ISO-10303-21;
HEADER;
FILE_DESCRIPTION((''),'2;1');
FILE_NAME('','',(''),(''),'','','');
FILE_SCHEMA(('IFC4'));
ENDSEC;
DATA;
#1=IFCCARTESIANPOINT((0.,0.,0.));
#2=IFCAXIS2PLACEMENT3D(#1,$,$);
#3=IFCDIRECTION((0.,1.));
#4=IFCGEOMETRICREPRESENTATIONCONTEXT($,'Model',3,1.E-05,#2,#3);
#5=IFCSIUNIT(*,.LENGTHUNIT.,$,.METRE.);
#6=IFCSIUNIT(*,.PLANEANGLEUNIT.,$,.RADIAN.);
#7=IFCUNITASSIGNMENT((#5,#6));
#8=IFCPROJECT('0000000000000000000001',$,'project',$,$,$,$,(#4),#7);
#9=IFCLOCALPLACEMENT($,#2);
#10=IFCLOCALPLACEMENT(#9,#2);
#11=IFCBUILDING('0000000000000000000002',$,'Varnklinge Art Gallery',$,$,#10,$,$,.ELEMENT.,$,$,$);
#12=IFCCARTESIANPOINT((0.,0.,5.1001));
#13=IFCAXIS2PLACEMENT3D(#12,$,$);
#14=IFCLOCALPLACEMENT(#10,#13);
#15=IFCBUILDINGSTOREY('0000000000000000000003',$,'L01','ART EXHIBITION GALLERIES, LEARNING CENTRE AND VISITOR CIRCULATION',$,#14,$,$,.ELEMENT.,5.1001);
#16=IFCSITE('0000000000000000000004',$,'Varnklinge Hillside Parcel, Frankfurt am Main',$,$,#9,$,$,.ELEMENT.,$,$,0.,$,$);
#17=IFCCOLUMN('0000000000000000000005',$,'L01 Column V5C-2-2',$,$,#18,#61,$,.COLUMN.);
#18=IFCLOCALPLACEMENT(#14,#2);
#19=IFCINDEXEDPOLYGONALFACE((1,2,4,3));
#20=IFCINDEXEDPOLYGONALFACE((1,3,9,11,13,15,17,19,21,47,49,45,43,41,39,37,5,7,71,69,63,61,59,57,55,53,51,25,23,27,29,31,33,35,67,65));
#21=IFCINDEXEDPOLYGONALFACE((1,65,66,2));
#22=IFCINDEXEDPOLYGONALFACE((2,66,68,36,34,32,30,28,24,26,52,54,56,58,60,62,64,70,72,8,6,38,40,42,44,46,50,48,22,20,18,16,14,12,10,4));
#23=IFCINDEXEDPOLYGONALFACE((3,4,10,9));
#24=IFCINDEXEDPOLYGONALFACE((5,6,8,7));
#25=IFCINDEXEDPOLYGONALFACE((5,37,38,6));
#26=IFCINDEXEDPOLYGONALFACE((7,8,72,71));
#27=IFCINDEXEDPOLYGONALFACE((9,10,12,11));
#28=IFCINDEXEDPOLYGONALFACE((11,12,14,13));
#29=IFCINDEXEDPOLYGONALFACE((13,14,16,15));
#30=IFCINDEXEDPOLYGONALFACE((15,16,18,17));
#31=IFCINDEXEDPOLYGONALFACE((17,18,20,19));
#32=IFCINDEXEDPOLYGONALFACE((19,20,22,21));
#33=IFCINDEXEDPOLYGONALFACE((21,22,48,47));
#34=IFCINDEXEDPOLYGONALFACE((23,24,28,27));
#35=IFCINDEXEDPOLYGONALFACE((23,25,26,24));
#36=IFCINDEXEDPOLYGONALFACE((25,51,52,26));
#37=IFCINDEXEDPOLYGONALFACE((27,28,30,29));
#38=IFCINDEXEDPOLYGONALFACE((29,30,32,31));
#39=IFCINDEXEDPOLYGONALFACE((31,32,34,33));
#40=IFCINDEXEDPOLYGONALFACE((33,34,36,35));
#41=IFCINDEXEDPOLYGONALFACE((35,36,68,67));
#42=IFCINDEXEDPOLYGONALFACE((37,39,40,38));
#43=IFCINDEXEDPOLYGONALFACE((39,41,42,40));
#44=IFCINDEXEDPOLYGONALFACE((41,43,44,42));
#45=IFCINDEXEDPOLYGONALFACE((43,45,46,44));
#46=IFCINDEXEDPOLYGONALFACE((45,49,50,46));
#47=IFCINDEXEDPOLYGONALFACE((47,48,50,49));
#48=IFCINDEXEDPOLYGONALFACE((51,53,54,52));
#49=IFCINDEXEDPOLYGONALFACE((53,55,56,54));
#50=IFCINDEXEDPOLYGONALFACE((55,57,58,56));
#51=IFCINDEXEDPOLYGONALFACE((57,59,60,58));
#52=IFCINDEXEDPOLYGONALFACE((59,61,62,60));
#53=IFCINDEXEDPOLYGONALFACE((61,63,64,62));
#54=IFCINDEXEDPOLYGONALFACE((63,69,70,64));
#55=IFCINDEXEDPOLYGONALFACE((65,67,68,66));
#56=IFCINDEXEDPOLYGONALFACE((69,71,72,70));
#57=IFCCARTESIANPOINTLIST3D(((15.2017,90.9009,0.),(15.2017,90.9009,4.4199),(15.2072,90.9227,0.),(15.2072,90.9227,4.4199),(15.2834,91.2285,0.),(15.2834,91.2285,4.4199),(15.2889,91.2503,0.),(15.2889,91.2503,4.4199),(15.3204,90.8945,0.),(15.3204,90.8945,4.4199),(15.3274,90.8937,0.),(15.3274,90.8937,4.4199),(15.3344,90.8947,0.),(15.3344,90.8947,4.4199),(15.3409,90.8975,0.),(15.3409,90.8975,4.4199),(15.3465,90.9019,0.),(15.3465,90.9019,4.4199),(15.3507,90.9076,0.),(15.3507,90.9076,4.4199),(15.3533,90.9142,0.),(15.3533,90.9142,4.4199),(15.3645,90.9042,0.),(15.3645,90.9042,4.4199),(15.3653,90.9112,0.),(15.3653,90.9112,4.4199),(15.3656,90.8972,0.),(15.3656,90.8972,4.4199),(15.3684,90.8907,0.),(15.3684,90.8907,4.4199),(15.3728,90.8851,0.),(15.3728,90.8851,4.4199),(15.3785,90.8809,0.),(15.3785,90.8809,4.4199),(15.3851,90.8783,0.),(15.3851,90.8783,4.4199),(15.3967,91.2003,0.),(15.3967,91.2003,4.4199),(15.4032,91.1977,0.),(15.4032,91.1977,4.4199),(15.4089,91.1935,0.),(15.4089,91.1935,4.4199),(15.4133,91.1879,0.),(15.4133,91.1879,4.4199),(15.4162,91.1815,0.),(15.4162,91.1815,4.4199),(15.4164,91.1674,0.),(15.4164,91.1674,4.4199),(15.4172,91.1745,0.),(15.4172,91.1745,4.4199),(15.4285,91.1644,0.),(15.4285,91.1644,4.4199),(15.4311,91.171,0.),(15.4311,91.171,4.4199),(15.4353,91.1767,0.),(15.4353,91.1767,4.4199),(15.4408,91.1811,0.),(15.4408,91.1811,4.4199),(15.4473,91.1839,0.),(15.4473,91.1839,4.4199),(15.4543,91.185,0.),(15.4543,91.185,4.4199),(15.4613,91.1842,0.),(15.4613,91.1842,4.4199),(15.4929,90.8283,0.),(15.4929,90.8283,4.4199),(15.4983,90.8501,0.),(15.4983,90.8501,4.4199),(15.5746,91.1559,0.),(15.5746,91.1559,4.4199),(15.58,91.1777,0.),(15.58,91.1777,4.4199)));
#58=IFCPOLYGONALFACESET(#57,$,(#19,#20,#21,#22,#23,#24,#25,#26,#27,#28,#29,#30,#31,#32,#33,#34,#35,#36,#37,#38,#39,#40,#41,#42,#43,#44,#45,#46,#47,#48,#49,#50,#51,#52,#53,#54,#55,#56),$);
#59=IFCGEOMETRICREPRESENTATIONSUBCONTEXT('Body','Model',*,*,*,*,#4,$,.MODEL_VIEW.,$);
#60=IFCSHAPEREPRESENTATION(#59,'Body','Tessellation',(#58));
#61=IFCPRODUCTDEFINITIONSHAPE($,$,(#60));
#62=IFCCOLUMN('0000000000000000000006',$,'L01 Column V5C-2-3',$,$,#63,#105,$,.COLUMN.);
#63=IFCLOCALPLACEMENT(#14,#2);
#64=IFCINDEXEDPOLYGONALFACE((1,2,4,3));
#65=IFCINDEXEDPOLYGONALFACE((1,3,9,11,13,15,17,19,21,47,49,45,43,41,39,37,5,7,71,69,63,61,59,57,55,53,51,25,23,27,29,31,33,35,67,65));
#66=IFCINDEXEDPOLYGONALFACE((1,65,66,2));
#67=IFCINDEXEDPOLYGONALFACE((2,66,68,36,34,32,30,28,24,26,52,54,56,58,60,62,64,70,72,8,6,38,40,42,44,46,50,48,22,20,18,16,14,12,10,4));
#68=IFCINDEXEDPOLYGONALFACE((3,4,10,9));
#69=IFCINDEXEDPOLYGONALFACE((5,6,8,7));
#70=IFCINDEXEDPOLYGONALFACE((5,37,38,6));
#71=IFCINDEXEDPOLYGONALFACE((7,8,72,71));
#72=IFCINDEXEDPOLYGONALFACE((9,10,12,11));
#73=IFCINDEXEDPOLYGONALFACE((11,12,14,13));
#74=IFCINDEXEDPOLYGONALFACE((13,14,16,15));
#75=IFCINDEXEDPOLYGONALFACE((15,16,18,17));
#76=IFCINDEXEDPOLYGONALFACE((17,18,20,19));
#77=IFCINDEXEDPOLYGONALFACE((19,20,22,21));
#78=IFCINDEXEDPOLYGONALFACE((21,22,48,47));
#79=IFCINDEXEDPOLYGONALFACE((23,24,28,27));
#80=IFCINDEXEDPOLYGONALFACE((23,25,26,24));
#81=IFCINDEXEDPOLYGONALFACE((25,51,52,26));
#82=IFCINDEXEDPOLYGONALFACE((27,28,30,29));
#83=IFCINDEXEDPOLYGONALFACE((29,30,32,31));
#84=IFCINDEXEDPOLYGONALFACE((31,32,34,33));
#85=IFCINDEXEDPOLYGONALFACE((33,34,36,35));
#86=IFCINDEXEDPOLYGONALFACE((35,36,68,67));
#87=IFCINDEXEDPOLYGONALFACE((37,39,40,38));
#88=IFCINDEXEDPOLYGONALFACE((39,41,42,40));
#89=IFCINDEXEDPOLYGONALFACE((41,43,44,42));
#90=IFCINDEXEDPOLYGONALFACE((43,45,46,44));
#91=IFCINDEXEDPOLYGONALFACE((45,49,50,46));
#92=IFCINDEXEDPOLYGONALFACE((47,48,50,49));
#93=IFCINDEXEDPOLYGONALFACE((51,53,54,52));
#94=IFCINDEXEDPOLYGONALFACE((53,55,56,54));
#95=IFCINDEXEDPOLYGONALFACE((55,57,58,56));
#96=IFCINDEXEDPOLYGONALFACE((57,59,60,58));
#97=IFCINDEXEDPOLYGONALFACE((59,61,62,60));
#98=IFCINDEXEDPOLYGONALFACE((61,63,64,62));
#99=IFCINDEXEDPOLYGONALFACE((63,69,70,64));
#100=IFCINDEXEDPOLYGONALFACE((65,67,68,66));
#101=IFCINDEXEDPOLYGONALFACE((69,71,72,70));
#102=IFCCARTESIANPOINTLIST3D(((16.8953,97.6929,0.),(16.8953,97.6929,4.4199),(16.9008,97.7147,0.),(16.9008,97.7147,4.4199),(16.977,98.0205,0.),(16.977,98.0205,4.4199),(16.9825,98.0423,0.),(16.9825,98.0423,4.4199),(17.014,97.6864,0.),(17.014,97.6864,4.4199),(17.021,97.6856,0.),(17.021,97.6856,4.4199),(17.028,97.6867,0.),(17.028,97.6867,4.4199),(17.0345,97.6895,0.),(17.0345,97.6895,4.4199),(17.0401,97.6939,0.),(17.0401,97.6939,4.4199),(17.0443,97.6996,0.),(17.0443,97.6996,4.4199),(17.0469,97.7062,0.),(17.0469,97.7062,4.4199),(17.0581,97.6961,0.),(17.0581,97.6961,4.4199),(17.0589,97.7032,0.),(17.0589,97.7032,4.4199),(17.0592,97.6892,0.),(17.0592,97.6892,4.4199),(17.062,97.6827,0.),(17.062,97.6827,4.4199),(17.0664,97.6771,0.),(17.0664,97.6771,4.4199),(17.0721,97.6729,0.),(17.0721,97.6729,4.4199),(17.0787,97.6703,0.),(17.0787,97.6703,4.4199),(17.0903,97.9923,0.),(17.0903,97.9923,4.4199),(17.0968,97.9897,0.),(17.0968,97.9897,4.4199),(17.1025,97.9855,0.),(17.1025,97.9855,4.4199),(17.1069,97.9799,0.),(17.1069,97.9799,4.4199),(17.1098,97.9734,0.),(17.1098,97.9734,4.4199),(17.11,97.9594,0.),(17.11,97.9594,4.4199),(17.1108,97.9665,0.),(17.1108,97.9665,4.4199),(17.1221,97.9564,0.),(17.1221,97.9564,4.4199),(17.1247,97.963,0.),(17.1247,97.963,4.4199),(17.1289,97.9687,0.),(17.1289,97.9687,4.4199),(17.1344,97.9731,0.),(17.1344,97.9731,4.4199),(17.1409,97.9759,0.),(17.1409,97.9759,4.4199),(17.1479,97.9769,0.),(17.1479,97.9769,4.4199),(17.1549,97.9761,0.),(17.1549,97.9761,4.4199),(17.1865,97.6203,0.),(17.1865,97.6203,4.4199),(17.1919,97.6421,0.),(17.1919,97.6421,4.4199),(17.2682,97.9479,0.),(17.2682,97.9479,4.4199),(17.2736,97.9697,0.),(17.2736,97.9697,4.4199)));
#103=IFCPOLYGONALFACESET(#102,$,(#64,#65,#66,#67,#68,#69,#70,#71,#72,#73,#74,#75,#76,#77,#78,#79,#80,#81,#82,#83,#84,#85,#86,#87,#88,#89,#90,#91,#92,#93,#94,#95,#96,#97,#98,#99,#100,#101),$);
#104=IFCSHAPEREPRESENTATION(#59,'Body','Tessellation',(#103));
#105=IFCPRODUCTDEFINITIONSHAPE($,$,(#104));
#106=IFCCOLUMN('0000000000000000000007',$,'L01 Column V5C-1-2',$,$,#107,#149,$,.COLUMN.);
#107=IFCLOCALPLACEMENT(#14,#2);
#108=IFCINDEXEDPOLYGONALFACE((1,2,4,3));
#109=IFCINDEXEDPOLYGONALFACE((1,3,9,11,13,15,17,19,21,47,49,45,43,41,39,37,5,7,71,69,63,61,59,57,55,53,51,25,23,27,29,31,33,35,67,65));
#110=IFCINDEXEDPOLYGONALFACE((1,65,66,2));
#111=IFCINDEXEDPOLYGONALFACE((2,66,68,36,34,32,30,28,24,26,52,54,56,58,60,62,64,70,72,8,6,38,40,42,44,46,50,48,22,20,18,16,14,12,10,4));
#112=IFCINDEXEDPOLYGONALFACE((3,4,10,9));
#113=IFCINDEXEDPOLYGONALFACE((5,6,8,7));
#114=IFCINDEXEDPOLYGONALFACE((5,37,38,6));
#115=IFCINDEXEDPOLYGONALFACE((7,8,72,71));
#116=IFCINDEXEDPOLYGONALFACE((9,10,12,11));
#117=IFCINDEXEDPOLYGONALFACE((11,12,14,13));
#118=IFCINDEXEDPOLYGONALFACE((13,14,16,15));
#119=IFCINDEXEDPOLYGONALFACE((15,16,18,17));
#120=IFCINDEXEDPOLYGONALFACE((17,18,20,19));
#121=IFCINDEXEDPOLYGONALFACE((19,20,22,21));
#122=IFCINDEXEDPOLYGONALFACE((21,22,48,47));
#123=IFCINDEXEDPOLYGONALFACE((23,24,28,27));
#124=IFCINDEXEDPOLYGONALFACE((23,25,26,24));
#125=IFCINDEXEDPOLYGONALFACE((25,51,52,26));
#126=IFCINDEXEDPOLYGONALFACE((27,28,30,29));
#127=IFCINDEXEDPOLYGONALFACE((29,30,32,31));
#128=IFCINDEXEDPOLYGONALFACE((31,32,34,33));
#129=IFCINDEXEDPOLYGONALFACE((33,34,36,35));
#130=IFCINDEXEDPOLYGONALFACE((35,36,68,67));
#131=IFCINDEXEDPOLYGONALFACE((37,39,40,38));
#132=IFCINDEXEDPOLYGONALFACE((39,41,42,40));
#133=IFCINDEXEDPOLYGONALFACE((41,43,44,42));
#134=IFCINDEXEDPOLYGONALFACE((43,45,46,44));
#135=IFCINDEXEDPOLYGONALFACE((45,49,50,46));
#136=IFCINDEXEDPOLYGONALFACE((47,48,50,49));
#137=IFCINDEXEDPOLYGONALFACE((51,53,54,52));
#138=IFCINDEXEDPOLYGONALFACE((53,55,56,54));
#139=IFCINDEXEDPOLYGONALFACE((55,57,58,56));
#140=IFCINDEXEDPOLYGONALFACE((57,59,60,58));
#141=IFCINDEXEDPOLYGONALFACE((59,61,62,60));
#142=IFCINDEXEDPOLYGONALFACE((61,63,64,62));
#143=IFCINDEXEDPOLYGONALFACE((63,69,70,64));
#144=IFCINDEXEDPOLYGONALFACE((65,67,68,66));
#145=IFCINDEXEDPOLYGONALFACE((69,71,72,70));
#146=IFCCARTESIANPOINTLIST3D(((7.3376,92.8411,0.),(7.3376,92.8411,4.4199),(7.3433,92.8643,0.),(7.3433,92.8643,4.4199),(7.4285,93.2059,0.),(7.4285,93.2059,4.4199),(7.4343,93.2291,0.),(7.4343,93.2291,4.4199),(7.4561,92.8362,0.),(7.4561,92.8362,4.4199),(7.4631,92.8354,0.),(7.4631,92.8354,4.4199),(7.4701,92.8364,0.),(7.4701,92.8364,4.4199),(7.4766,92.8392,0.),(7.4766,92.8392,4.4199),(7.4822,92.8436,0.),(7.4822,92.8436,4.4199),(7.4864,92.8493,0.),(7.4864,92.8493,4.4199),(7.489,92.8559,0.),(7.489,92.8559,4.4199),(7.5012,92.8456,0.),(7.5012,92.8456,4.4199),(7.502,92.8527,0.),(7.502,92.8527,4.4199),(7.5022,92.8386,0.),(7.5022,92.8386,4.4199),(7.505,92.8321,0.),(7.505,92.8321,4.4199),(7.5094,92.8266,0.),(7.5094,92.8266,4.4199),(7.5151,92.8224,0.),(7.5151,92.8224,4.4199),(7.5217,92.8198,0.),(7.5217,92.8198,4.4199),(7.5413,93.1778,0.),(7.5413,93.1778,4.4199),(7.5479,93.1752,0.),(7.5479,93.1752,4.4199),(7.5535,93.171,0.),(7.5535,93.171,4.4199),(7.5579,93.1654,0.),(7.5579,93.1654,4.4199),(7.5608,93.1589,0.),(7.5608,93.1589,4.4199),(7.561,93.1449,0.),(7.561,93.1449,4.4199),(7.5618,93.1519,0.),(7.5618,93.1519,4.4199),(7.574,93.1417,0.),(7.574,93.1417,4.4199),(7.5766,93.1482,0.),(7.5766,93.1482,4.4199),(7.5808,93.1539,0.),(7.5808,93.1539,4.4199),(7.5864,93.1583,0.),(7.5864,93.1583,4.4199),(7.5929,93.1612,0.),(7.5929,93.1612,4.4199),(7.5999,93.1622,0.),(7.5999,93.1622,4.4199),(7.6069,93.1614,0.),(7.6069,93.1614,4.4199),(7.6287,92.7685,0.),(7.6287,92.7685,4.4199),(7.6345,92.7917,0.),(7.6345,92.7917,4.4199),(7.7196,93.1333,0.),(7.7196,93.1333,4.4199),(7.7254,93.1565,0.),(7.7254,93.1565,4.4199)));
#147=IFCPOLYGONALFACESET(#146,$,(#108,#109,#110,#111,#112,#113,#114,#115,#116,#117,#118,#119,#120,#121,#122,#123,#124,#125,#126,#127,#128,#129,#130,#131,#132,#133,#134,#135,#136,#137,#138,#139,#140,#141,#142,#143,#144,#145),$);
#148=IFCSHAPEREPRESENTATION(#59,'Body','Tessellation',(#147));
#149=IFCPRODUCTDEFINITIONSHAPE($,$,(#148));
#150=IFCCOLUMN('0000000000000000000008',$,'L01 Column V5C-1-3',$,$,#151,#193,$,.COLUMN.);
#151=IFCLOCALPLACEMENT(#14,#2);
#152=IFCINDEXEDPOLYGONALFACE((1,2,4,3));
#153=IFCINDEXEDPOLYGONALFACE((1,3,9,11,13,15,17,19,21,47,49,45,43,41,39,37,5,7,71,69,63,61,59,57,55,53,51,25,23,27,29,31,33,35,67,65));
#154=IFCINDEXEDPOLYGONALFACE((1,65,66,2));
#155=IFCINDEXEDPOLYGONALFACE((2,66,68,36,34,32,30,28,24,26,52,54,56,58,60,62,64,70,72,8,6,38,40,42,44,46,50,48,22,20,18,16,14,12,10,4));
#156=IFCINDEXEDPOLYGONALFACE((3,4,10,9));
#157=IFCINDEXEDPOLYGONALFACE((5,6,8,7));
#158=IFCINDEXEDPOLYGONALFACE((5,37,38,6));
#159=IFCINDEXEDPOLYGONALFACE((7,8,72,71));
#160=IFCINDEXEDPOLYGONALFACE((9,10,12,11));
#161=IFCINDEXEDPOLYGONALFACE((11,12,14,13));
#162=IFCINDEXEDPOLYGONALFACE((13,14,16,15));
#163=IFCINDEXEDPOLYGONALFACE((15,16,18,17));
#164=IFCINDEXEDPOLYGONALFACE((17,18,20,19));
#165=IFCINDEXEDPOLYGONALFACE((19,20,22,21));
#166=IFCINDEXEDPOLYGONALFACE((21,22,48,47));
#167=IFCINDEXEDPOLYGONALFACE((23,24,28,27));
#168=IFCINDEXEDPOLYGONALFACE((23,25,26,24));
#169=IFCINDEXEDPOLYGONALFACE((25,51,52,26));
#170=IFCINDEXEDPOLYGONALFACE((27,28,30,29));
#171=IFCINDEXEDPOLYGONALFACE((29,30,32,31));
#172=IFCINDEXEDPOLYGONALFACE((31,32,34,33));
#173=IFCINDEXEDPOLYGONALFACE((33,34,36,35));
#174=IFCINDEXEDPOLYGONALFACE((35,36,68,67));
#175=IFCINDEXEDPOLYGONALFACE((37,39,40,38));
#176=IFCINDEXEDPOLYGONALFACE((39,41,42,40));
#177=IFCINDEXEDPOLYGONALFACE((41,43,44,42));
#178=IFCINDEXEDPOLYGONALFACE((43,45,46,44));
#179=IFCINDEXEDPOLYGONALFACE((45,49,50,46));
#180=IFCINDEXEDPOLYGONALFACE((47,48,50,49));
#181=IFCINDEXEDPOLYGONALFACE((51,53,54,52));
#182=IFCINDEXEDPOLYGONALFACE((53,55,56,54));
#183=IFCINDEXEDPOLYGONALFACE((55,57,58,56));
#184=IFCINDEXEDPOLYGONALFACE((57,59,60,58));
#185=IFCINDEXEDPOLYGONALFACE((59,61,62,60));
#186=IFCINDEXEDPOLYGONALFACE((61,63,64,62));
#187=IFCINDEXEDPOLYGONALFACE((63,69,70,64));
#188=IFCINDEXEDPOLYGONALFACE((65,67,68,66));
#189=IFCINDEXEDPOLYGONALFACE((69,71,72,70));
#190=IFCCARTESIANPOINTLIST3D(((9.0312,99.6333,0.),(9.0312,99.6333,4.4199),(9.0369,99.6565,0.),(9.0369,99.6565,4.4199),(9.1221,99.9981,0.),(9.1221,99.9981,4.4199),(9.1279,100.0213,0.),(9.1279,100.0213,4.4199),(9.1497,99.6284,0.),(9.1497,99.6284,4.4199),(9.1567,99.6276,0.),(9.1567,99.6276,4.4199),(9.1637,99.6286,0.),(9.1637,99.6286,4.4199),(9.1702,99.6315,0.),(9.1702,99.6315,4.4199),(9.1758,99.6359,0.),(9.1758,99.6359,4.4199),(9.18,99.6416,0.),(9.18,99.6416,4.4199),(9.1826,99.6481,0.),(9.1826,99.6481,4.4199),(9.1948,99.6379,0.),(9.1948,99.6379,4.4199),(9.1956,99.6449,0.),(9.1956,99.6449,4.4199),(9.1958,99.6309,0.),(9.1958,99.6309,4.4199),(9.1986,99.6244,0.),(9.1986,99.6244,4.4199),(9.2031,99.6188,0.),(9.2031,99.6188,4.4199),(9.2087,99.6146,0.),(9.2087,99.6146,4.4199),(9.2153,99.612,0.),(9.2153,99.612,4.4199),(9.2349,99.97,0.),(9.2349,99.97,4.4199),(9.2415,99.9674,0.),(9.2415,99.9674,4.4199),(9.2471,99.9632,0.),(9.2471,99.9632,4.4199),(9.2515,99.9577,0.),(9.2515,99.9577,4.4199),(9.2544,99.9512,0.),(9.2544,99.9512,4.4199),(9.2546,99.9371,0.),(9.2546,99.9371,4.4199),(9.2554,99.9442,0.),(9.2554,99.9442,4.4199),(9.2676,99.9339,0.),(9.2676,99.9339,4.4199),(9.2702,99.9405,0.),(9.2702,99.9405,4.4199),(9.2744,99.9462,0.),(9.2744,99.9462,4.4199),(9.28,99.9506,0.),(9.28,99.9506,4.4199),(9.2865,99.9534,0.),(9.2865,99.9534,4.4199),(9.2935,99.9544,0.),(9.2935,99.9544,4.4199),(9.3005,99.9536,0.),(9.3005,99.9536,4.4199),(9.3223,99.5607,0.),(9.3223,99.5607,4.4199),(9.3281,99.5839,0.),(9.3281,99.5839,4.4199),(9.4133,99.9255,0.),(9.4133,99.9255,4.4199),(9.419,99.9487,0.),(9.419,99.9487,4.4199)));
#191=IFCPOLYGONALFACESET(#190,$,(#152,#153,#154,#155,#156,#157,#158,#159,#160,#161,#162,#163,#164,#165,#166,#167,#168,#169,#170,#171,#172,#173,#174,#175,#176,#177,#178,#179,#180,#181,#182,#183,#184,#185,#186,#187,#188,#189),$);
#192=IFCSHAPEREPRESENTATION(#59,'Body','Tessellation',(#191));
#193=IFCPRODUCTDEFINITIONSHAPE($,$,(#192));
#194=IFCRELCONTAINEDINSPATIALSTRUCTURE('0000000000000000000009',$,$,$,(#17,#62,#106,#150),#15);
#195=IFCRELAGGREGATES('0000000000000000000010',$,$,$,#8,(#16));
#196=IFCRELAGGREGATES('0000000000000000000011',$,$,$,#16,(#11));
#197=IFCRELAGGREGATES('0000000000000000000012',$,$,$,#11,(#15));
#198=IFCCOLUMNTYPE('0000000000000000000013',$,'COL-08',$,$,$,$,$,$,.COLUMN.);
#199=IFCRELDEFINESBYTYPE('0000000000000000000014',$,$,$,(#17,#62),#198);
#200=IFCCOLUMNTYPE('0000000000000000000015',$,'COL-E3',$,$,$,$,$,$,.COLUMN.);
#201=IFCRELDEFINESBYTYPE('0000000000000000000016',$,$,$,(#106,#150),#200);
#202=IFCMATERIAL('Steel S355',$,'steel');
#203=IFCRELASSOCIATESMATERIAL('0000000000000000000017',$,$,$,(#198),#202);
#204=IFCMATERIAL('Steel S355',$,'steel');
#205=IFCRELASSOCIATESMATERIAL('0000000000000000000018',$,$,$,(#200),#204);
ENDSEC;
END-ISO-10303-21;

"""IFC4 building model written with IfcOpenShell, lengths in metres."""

from ifc_helpers import new_model, si_unit, direction, frame, origin, origin_2d, place, context, subcontext, project, spatial, i_section, extrude, material, material_profile, profile_set, type_object, element, save


model = new_model("IFC4")

# Units and contexts
model_context = context("Model", 3, precision=1e-05, world=origin(), true_north=direction((0.0, 1.0)))
body_context = subcontext(model_context, "Body", "Model", "MODEL_VIEW")
ifc_project = project(units=[si_unit("LENGTHUNIT", "METRE"), si_unit("PLANEANGLEUNIT", "RADIAN")], contexts=[model_context])

# Site, building, storey
site_placement = place(None, origin())
site = spatial("IfcSite", under=ifc_project, at=site_placement, Name="Varnklinge Hillside Parcel, Frankfurt am Main", CompositionType="ELEMENT", RefElevation=0.0)
building_placement = place(site_placement, origin())
building = spatial("IfcBuilding", under=site, at=building_placement, Name="Varnklinge Art Gallery", CompositionType="ELEMENT")
storey_placement = place(building_placement, frame((0.0, 0.0, 5.1001)))
storey = spatial("IfcBuildingStorey", under=building, at=storey_placement, Name="L01", Description="ART EXHIBITION GALLERIES, LEARNING CENTRE AND VISITOR CIRCULATION", CompositionType="ELEMENT", Elevation=5.1001)

# Columns
ifc_material_1 = material(Name="Steel S355", Category="steel")
ifc_material_profile_1 = material_profile(ifc_material_1, i_section(OverallWidth=0.3, OverallDepth=0.3601, WebThickness=0.0125, FlangeThickness=0.0225, FilletRadius=0.0271, at=origin_2d()), Name="HEB 360")
ifc_profile_set_1 = profile_set([ifc_material_profile_1], Name="Steel S355")
column_type_1 = type_object("IfcColumnType", Name="COL-08", PredefinedType="COLUMN", material=ifc_profile_set_1)
for number, where, z_axis, x_axis, name in (
    (1, (15.3909, 91.0393, 0.0), (0.0, 0.0, 1.0), (0.970296, -0.241922, 0.0), "L01 Column V5C-2-2"),
    (2, (17.0845, 97.8313, 0.0), (0.0, 0.0, 1.0), (0.970296, -0.241922, 0.0), "L01 Column V5C-2-3"),
):
    element("IfcColumn", number, at=place(storey_placement, frame(where, z_axis=z_axis, x_axis=x_axis)), inside=storey, type_object=column_type_1, Name=name, PredefinedType="COLUMN", context=body_context, shape_type="SweptSolid", body=[
        extrude(i_section(OverallWidth=0.3, OverallDepth=0.3601, WebThickness=0.0125, FlangeThickness=0.0225, FilletRadius=0.0271, at=origin_2d()), origin(), (0.0, 0.0, 1.0), 4.4199),
    ])
ifc_material_2 = material(Name="Steel S355", Category="steel")
ifc_material_profile_2 = material_profile(ifc_material_2, i_section(OverallWidth=0.3, OverallDepth=0.3999, WebThickness=0.0134, FlangeThickness=0.0239, FilletRadius=0.0271, at=origin_2d()), Name="HEB 400")
ifc_profile_set_2 = profile_set([ifc_material_profile_2], Name="Steel S355")
column_type_2 = type_object("IfcColumnType", Name="COL-E3", PredefinedType="COLUMN", material=ifc_profile_set_2)
for number, where, z_axis, x_axis, name in (
    (3, (7.5315, 92.9988, 0.0), (0.0, 0.0, 1.0), (0.970296, -0.241922, 0.0), "L01 Column V5C-1-2"),
    (4, (9.2251, 99.791, 0.0), (0.0, 0.0, 1.0), (0.970296, -0.241922, 0.0), "L01 Column V5C-1-3"),
):
    element("IfcColumn", number, at=place(storey_placement, frame(where, z_axis=z_axis, x_axis=x_axis)), inside=storey, type_object=column_type_2, Name=name, PredefinedType="COLUMN", context=body_context, shape_type="SweptSolid", body=[
        extrude(i_section(OverallWidth=0.3, OverallDepth=0.3999, WebThickness=0.0134, FlangeThickness=0.0239, FilletRadius=0.0271, at=origin_2d()), origin(), (0.0, 0.0, 1.0), 4.4199),
    ])

save(model, "model.ifc")
